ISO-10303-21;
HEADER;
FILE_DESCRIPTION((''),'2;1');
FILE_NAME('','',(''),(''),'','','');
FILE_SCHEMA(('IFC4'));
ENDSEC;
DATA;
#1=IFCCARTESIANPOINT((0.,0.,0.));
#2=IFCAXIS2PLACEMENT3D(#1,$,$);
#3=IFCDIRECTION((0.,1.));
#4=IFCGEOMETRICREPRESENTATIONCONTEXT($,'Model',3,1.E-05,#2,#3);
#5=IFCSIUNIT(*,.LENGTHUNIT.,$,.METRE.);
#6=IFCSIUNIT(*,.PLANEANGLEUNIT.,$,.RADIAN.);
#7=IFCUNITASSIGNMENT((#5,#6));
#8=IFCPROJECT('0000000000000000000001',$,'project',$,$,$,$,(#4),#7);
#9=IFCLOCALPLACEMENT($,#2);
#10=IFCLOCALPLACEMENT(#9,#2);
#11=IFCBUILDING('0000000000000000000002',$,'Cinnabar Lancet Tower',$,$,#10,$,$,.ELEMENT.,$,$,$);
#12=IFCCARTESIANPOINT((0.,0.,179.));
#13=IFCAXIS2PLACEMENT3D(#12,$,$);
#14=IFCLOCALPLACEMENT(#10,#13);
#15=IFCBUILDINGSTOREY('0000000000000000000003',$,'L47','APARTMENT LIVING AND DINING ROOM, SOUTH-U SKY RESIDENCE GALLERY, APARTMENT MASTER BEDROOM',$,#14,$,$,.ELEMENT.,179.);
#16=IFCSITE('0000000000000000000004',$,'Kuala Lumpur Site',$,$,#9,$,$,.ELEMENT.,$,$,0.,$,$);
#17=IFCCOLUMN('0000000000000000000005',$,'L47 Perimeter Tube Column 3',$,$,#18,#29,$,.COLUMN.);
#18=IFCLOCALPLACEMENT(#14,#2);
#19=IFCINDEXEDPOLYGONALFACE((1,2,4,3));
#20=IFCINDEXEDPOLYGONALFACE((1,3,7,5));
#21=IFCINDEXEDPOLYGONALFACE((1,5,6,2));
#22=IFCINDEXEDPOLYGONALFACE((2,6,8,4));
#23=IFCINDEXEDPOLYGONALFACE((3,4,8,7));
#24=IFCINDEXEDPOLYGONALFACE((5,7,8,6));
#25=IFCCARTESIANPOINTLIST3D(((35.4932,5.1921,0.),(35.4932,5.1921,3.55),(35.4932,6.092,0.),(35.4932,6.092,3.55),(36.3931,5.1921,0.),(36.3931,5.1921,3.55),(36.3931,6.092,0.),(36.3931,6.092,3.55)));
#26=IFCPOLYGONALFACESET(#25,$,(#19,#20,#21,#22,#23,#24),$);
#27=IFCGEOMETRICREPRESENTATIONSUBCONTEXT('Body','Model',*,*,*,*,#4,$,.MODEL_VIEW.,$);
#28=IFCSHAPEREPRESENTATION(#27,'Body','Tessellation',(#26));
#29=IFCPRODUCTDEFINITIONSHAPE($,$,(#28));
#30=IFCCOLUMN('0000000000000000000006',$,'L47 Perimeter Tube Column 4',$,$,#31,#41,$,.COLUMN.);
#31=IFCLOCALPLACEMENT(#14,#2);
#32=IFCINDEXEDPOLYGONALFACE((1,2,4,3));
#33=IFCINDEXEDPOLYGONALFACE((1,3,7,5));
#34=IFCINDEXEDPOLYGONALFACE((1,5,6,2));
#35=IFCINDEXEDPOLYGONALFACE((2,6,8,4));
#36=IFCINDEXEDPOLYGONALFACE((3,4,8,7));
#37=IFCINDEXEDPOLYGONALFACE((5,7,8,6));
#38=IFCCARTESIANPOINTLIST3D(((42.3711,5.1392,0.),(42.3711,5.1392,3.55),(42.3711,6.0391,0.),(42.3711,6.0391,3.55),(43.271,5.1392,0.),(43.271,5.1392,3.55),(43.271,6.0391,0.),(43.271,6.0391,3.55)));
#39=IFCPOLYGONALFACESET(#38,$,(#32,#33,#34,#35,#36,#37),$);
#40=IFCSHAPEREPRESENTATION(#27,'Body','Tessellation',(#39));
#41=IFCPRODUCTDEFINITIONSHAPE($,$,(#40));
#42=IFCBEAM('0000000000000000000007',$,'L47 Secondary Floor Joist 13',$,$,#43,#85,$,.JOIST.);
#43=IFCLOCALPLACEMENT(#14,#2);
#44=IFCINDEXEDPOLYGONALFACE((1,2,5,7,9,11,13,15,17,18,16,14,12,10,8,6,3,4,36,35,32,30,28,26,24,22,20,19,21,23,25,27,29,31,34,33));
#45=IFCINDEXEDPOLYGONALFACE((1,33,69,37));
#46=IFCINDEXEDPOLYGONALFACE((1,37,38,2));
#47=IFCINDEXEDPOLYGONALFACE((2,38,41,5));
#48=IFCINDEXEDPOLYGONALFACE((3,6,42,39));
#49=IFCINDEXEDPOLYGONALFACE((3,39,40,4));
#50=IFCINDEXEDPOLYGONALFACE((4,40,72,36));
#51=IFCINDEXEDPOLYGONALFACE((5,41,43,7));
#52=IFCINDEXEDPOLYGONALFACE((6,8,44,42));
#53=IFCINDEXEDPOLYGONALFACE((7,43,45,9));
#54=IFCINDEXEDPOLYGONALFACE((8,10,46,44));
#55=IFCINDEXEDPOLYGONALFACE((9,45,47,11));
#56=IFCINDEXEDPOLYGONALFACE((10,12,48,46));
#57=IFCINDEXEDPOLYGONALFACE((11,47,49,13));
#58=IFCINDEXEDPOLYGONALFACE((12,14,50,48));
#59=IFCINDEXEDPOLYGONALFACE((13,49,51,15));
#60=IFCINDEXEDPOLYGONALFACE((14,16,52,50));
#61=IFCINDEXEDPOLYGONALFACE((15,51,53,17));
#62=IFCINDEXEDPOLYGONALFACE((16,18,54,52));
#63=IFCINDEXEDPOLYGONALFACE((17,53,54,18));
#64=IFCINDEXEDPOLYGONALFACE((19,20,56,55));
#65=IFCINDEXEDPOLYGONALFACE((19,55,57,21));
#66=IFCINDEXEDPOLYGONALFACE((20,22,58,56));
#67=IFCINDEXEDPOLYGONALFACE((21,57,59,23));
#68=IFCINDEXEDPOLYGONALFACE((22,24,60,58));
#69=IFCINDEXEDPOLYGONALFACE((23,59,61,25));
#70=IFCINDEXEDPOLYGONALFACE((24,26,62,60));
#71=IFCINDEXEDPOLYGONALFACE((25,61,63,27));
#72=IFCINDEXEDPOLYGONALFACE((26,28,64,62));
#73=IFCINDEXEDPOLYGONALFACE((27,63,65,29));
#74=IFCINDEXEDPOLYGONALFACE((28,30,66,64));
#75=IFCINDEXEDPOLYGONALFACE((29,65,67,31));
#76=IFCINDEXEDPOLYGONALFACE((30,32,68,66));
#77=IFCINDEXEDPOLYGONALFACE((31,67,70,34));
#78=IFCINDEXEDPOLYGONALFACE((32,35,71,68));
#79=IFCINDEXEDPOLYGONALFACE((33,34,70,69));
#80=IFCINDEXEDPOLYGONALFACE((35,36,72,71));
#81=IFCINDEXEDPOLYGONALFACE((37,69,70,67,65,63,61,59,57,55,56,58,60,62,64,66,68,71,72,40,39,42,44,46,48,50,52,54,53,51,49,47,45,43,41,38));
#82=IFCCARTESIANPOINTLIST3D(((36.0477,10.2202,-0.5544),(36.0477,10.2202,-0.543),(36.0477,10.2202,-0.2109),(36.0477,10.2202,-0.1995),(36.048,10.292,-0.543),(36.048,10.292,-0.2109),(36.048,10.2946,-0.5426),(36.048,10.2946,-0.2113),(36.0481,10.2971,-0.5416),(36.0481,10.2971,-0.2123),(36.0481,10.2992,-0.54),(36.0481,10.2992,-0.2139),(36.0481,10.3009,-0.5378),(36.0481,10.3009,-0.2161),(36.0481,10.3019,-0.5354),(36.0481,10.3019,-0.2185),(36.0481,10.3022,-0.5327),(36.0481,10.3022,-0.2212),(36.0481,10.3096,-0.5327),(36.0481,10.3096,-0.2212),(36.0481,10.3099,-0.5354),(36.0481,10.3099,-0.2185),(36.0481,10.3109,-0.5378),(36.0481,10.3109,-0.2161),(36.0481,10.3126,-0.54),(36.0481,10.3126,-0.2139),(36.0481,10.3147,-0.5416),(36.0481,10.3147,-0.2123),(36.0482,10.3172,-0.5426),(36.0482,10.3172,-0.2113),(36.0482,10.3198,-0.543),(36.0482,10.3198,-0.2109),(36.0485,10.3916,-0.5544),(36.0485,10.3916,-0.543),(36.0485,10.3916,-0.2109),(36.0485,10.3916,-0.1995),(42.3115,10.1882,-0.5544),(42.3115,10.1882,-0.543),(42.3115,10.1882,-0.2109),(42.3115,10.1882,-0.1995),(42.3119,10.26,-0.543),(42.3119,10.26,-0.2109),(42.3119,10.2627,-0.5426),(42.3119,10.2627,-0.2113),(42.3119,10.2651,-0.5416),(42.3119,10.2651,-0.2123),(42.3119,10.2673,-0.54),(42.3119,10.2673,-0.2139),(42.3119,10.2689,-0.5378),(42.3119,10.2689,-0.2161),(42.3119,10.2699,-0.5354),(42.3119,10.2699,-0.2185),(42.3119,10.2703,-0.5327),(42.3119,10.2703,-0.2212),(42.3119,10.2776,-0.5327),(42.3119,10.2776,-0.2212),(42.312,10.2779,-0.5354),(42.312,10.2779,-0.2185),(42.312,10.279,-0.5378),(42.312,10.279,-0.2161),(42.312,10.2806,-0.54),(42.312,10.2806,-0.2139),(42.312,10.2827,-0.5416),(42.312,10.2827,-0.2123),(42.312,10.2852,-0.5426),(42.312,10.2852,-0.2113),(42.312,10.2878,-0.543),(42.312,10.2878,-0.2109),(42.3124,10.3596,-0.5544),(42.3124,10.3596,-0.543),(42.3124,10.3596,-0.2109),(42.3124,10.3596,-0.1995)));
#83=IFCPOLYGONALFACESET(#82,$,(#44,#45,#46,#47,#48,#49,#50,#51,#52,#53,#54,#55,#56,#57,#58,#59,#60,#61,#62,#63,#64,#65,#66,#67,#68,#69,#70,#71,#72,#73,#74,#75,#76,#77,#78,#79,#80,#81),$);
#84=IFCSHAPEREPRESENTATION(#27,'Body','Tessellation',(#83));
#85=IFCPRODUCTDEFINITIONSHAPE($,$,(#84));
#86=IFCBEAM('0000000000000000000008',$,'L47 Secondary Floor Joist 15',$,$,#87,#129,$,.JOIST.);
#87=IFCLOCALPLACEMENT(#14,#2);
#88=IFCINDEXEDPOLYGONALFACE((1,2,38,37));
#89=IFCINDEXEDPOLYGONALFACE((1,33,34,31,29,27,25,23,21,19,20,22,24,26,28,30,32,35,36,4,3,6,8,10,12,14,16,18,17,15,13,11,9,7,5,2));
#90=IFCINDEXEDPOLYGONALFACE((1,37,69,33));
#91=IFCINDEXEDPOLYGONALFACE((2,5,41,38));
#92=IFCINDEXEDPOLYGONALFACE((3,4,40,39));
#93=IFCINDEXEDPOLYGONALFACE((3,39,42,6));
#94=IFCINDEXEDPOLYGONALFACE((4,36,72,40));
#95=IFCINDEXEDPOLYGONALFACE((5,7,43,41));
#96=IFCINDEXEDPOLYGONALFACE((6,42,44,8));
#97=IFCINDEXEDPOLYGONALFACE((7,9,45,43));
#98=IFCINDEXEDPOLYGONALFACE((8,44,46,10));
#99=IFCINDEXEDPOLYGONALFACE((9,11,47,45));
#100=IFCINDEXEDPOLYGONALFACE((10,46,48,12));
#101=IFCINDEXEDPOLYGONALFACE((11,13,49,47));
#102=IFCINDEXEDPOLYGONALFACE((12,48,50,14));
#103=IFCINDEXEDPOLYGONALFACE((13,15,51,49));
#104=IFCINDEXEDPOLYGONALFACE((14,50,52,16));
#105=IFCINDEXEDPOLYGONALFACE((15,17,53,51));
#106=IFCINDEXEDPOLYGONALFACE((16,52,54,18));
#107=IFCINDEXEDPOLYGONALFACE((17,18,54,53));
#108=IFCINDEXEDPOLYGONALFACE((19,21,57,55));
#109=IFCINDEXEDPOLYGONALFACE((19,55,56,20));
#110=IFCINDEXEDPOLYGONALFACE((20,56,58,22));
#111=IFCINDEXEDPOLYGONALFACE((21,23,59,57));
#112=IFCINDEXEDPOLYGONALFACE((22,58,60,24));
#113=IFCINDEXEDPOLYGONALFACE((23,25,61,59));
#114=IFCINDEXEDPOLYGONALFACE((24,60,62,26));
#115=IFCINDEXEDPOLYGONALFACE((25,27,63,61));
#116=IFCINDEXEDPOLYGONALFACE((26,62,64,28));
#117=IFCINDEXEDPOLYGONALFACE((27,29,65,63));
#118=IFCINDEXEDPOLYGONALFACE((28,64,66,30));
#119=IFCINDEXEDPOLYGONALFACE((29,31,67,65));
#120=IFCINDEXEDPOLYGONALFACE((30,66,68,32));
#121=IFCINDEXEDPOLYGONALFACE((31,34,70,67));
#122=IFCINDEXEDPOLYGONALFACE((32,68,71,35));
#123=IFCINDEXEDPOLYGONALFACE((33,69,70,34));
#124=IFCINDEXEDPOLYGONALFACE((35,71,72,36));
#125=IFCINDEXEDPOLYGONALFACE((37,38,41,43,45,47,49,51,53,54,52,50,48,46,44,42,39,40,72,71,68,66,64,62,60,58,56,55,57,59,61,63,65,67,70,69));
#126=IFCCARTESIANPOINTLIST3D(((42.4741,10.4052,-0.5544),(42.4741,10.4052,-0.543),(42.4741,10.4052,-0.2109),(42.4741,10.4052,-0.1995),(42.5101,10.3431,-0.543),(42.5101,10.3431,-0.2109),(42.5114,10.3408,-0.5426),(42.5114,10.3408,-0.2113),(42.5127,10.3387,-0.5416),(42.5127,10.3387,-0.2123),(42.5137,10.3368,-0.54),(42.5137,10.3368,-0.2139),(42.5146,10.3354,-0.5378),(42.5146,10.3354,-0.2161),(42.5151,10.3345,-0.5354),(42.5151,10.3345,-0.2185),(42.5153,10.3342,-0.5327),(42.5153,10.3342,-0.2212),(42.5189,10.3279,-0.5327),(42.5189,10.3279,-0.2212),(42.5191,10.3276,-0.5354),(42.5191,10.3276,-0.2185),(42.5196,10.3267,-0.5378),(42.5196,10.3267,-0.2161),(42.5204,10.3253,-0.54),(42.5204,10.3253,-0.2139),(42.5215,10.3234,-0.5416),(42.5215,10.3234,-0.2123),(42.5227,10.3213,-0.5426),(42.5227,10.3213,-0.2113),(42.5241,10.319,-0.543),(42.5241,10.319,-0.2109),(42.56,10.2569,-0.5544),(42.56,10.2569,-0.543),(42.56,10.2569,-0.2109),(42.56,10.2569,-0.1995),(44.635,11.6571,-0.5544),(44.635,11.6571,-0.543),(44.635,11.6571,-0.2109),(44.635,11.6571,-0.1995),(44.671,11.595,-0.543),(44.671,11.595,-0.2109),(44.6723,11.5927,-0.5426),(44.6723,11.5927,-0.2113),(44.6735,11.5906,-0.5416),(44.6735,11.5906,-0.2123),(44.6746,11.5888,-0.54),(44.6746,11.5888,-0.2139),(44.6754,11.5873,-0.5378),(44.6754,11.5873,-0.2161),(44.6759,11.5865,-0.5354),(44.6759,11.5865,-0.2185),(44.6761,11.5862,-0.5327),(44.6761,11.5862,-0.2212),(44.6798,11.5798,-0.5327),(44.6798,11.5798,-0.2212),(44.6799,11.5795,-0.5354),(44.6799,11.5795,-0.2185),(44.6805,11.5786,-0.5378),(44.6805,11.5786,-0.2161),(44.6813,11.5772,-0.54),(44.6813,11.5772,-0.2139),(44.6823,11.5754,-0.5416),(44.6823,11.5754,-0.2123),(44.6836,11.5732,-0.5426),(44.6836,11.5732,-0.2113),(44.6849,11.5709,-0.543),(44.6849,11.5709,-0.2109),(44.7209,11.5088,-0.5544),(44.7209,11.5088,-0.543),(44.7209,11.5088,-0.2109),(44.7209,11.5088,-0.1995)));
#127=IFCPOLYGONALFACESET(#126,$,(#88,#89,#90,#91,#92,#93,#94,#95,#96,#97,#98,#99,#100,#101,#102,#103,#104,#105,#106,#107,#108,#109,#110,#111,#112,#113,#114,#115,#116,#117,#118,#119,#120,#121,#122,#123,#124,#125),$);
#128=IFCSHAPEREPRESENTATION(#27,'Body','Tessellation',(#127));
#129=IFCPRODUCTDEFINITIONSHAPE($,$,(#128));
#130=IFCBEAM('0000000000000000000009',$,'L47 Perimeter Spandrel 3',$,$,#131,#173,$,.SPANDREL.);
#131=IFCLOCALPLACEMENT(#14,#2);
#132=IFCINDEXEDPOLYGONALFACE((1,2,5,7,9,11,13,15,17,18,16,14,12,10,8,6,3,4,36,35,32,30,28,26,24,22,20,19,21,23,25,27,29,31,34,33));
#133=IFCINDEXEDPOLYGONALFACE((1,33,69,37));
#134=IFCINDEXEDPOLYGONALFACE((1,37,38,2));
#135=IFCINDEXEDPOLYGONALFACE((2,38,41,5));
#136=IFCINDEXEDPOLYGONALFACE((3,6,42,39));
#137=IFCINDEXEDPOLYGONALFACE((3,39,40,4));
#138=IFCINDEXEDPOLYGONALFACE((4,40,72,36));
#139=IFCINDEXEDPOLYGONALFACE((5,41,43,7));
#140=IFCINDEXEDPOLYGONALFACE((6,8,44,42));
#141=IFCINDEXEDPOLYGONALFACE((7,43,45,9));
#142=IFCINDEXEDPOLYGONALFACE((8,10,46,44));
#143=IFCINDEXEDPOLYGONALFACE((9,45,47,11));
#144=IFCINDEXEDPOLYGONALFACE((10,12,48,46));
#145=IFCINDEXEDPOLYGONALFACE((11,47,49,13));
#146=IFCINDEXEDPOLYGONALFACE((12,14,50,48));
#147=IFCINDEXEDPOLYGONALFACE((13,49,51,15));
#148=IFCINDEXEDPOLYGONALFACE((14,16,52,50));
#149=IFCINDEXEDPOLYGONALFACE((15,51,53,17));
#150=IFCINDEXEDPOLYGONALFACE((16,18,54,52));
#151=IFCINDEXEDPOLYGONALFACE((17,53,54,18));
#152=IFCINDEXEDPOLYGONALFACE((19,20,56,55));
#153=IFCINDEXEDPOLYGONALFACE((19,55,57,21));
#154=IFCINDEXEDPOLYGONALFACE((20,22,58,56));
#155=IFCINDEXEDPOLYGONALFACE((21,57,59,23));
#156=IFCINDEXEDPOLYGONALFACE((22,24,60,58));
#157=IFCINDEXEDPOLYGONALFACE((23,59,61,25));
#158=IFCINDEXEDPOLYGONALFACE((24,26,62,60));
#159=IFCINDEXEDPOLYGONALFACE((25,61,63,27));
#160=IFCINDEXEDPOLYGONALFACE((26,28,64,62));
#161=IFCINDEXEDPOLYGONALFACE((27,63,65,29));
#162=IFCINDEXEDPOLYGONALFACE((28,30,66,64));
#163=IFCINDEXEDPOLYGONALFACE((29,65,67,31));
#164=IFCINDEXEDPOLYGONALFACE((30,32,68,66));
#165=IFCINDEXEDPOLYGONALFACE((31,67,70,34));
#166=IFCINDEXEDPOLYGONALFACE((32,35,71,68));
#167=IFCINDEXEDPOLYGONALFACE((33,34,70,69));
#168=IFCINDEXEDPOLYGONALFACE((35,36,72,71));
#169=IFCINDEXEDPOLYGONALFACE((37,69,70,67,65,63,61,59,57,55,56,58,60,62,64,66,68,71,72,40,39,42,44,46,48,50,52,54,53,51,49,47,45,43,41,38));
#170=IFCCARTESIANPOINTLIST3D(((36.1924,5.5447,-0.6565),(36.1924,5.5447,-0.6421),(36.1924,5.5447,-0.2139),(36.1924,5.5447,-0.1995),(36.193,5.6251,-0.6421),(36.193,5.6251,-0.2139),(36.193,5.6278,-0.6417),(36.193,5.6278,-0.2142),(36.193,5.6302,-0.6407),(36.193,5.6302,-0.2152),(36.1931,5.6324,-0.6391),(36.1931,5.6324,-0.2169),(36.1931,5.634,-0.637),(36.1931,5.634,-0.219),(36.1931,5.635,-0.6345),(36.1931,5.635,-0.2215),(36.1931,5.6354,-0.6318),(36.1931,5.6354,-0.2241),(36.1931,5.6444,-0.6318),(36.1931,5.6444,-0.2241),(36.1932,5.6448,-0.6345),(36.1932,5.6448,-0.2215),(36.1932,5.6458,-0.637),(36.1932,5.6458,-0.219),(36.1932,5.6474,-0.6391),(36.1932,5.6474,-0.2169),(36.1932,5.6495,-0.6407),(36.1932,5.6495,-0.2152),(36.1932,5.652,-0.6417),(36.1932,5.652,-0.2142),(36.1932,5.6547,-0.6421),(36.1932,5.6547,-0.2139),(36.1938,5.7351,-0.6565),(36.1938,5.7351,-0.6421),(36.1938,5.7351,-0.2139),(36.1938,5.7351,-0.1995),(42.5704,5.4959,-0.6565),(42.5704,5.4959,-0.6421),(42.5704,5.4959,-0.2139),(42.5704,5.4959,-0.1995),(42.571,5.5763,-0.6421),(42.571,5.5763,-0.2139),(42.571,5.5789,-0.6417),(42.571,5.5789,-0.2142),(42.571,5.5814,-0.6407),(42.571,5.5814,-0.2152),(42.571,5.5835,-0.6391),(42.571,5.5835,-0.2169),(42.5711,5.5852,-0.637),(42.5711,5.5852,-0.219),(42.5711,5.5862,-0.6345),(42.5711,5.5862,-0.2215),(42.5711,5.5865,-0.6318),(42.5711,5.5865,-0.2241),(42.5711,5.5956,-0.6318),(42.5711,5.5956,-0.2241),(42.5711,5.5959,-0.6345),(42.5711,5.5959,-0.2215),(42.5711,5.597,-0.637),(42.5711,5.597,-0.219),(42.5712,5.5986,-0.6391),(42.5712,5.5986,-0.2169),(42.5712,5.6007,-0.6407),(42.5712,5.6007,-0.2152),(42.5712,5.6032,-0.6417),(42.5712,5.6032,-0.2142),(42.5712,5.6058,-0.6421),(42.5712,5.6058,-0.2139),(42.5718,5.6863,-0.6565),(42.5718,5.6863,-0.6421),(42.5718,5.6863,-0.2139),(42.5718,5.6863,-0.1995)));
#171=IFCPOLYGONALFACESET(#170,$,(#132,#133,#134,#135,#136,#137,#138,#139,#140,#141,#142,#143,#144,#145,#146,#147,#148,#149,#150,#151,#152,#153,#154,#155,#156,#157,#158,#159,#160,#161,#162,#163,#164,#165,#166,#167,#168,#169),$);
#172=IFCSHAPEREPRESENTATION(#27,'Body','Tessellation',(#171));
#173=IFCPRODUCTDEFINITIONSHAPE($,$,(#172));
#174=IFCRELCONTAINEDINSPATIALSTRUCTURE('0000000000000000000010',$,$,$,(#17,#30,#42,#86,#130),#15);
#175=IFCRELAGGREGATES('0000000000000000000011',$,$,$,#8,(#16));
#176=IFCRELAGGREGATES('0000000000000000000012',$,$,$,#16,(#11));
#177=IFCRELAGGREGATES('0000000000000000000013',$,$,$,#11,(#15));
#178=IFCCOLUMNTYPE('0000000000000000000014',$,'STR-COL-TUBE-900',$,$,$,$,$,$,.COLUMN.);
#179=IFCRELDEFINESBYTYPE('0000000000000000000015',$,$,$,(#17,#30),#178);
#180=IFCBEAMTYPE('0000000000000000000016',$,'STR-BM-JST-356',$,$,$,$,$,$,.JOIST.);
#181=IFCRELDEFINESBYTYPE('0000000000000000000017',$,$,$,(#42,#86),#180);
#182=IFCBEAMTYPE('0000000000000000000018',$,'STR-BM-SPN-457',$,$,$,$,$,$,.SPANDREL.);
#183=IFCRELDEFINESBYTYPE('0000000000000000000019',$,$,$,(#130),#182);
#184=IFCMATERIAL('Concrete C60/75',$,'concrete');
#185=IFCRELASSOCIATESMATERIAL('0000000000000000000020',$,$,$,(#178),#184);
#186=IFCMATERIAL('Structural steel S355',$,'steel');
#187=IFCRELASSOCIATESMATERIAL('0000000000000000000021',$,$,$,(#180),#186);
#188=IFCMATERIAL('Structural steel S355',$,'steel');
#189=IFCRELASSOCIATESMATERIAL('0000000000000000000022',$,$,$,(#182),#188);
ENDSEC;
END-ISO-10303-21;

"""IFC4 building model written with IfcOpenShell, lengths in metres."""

from ifc_helpers import new_model, si_unit, direction, frame, origin, origin_2d, place, context, subcontext, project, spatial, rectangle, i_section, extrude, material, material_profile, profile_set, type_object, element, save


model = new_model("IFC4")

# Units and contexts
model_context = context("Model", 3, precision=1e-05, world=origin(), true_north=direction((0.0, 1.0)))
body_context = subcontext(model_context, "Body", "Model", "MODEL_VIEW")
ifc_project = project(units=[si_unit("LENGTHUNIT", "METRE"), si_unit("PLANEANGLEUNIT", "RADIAN")], contexts=[model_context])

# Site, building, storey
site_placement = place(None, origin())
site = spatial("IfcSite", under=ifc_project, at=site_placement, Name="Kuala Lumpur Site", CompositionType="ELEMENT", RefElevation=0.0)
building_placement = place(site_placement, origin())
building = spatial("IfcBuilding", under=site, at=building_placement, Name="Cinnabar Lancet Tower", CompositionType="ELEMENT")
storey_placement = place(building_placement, frame((0.0, 0.0, 179.0)))
storey = spatial("IfcBuildingStorey", under=building, at=storey_placement, Name="L47", Description="APARTMENT LIVING AND DINING ROOM, SOUTH-U SKY RESIDENCE GALLERY, APARTMENT MASTER BEDROOM", CompositionType="ELEMENT", Elevation=179.0)

# Columns
ifc_material_1 = material(Name="Concrete C60/75", Category="concrete")
ifc_material_profile_1 = material_profile(ifc_material_1, rectangle(XDim=0.8999, YDim=0.8999, at=origin_2d()), Name="RC-COL 900x900")
ifc_profile_set_1 = profile_set([ifc_material_profile_1], Name="Concrete C60/75")
column_type = type_object("IfcColumnType", Name="STR-COL-TUBE-900", PredefinedType="COLUMN", material=ifc_profile_set_1)
for number, where, z_axis, x_axis, name in (
    (1, (35.9431, 5.6421, 0.0), (0.0, 0.0, 1.0), (1.0, 0.0, 0.0), "L47 Perimeter Tube Column 3"),
    (2, (42.821, 5.5891, 0.0), (0.0, 0.0, 1.0), (1.0, 0.0, 0.0), "L47 Perimeter Tube Column 4"),
):
    element("IfcColumn", number, at=place(storey_placement, frame(where, z_axis=z_axis, x_axis=x_axis)), inside=storey, type_object=column_type, Name=name, PredefinedType="COLUMN", context=body_context, shape_type="SweptSolid", body=[
        extrude(rectangle(XDim=0.8999, YDim=0.8999, at=origin_2d()), origin(), (0.0, 0.0, 1.0), 3.55),
    ])

# Beams
ifc_material_2 = material(Name="Structural steel S355", Category="steel")
ifc_material_profile_2 = material_profile(ifc_material_2, i_section(OverallWidth=0.1714, OverallDepth=0.355, WebThickness=0.0073, FlangeThickness=0.0115, FilletRadius=0.0103, at=origin_2d()), Name="UKB 356x171x51")
ifc_profile_set_2 = profile_set([ifc_material_profile_2], Name="Structural steel S355")
beam_type_1 = type_object("IfcBeamType", Name="STR-BM-JST-356", PredefinedType="JOIST", material=ifc_profile_set_2)
beam_1_placement = place(storey_placement, frame((36.0481, 10.3059, -0.377), z_axis=(0.999987, -0.005106, 0.0), x_axis=(0.005106, 0.999987, 0.0)))
element("IfcBeam", 3, at=beam_1_placement, inside=storey, type_object=beam_type_1, Name="L47 Secondary Floor Joist 13", PredefinedType="JOIST", context=body_context, shape_type="SweptSolid", body=[
    extrude(i_section(OverallWidth=0.1714, OverallDepth=0.355, WebThickness=0.0073, FlangeThickness=0.0115, FilletRadius=0.0103, at=origin_2d()), origin(), (0.0, 0.0, 1.0), 6.2639),
])
beam_2_placement = place(storey_placement, frame((42.5171, 10.3311, -0.377), z_axis=(0.865268, 0.50131, 0.0), x_axis=(-0.50131, 0.865268, 0.0)))
element("IfcBeam", 4, at=beam_2_placement, inside=storey, type_object=beam_type_1, Name="L47 Secondary Floor Joist 15", PredefinedType="JOIST", context=body_context, shape_type="SweptSolid", body=[
    extrude(i_section(OverallWidth=0.1714, OverallDepth=0.355, WebThickness=0.0073, FlangeThickness=0.0115, FilletRadius=0.0103, at=origin_2d()), origin(), (0.0, 0.0, 1.0), 2.4973),
])
ifc_material_3 = material(Name="Structural steel S355", Category="steel")
ifc_material_profile_3 = material_profile(ifc_material_3, i_section(OverallWidth=0.1904, OverallDepth=0.457, WebThickness=0.009, FlangeThickness=0.0144, FilletRadius=0.0103, at=origin_2d()), Name="UKB 457x191x74")
ifc_profile_set_3 = profile_set([ifc_material_profile_3], Name="Structural steel S355")
beam_type_2 = type_object("IfcBeamType", Name="STR-BM-SPN-457", PredefinedType="SPANDREL", material=ifc_profile_set_3)
beam_3_placement = place(storey_placement, frame((36.1931, 5.6399, -0.428), z_axis=(0.999971, -0.007656, 0.0), x_axis=(0.007656, 0.999971, 0.0)))
element("IfcBeam", 5, at=beam_3_placement, inside=storey, type_object=beam_type_2, Name="L47 Perimeter Spandrel 3", PredefinedType="SPANDREL", context=body_context, shape_type="SweptSolid", body=[
    extrude(i_section(OverallWidth=0.1904, OverallDepth=0.457, WebThickness=0.009, FlangeThickness=0.0144, FilletRadius=0.0103, at=origin_2d()), origin(), (0.0, 0.0, 1.0), 6.3782),
])

save(model, "model.ifc")
